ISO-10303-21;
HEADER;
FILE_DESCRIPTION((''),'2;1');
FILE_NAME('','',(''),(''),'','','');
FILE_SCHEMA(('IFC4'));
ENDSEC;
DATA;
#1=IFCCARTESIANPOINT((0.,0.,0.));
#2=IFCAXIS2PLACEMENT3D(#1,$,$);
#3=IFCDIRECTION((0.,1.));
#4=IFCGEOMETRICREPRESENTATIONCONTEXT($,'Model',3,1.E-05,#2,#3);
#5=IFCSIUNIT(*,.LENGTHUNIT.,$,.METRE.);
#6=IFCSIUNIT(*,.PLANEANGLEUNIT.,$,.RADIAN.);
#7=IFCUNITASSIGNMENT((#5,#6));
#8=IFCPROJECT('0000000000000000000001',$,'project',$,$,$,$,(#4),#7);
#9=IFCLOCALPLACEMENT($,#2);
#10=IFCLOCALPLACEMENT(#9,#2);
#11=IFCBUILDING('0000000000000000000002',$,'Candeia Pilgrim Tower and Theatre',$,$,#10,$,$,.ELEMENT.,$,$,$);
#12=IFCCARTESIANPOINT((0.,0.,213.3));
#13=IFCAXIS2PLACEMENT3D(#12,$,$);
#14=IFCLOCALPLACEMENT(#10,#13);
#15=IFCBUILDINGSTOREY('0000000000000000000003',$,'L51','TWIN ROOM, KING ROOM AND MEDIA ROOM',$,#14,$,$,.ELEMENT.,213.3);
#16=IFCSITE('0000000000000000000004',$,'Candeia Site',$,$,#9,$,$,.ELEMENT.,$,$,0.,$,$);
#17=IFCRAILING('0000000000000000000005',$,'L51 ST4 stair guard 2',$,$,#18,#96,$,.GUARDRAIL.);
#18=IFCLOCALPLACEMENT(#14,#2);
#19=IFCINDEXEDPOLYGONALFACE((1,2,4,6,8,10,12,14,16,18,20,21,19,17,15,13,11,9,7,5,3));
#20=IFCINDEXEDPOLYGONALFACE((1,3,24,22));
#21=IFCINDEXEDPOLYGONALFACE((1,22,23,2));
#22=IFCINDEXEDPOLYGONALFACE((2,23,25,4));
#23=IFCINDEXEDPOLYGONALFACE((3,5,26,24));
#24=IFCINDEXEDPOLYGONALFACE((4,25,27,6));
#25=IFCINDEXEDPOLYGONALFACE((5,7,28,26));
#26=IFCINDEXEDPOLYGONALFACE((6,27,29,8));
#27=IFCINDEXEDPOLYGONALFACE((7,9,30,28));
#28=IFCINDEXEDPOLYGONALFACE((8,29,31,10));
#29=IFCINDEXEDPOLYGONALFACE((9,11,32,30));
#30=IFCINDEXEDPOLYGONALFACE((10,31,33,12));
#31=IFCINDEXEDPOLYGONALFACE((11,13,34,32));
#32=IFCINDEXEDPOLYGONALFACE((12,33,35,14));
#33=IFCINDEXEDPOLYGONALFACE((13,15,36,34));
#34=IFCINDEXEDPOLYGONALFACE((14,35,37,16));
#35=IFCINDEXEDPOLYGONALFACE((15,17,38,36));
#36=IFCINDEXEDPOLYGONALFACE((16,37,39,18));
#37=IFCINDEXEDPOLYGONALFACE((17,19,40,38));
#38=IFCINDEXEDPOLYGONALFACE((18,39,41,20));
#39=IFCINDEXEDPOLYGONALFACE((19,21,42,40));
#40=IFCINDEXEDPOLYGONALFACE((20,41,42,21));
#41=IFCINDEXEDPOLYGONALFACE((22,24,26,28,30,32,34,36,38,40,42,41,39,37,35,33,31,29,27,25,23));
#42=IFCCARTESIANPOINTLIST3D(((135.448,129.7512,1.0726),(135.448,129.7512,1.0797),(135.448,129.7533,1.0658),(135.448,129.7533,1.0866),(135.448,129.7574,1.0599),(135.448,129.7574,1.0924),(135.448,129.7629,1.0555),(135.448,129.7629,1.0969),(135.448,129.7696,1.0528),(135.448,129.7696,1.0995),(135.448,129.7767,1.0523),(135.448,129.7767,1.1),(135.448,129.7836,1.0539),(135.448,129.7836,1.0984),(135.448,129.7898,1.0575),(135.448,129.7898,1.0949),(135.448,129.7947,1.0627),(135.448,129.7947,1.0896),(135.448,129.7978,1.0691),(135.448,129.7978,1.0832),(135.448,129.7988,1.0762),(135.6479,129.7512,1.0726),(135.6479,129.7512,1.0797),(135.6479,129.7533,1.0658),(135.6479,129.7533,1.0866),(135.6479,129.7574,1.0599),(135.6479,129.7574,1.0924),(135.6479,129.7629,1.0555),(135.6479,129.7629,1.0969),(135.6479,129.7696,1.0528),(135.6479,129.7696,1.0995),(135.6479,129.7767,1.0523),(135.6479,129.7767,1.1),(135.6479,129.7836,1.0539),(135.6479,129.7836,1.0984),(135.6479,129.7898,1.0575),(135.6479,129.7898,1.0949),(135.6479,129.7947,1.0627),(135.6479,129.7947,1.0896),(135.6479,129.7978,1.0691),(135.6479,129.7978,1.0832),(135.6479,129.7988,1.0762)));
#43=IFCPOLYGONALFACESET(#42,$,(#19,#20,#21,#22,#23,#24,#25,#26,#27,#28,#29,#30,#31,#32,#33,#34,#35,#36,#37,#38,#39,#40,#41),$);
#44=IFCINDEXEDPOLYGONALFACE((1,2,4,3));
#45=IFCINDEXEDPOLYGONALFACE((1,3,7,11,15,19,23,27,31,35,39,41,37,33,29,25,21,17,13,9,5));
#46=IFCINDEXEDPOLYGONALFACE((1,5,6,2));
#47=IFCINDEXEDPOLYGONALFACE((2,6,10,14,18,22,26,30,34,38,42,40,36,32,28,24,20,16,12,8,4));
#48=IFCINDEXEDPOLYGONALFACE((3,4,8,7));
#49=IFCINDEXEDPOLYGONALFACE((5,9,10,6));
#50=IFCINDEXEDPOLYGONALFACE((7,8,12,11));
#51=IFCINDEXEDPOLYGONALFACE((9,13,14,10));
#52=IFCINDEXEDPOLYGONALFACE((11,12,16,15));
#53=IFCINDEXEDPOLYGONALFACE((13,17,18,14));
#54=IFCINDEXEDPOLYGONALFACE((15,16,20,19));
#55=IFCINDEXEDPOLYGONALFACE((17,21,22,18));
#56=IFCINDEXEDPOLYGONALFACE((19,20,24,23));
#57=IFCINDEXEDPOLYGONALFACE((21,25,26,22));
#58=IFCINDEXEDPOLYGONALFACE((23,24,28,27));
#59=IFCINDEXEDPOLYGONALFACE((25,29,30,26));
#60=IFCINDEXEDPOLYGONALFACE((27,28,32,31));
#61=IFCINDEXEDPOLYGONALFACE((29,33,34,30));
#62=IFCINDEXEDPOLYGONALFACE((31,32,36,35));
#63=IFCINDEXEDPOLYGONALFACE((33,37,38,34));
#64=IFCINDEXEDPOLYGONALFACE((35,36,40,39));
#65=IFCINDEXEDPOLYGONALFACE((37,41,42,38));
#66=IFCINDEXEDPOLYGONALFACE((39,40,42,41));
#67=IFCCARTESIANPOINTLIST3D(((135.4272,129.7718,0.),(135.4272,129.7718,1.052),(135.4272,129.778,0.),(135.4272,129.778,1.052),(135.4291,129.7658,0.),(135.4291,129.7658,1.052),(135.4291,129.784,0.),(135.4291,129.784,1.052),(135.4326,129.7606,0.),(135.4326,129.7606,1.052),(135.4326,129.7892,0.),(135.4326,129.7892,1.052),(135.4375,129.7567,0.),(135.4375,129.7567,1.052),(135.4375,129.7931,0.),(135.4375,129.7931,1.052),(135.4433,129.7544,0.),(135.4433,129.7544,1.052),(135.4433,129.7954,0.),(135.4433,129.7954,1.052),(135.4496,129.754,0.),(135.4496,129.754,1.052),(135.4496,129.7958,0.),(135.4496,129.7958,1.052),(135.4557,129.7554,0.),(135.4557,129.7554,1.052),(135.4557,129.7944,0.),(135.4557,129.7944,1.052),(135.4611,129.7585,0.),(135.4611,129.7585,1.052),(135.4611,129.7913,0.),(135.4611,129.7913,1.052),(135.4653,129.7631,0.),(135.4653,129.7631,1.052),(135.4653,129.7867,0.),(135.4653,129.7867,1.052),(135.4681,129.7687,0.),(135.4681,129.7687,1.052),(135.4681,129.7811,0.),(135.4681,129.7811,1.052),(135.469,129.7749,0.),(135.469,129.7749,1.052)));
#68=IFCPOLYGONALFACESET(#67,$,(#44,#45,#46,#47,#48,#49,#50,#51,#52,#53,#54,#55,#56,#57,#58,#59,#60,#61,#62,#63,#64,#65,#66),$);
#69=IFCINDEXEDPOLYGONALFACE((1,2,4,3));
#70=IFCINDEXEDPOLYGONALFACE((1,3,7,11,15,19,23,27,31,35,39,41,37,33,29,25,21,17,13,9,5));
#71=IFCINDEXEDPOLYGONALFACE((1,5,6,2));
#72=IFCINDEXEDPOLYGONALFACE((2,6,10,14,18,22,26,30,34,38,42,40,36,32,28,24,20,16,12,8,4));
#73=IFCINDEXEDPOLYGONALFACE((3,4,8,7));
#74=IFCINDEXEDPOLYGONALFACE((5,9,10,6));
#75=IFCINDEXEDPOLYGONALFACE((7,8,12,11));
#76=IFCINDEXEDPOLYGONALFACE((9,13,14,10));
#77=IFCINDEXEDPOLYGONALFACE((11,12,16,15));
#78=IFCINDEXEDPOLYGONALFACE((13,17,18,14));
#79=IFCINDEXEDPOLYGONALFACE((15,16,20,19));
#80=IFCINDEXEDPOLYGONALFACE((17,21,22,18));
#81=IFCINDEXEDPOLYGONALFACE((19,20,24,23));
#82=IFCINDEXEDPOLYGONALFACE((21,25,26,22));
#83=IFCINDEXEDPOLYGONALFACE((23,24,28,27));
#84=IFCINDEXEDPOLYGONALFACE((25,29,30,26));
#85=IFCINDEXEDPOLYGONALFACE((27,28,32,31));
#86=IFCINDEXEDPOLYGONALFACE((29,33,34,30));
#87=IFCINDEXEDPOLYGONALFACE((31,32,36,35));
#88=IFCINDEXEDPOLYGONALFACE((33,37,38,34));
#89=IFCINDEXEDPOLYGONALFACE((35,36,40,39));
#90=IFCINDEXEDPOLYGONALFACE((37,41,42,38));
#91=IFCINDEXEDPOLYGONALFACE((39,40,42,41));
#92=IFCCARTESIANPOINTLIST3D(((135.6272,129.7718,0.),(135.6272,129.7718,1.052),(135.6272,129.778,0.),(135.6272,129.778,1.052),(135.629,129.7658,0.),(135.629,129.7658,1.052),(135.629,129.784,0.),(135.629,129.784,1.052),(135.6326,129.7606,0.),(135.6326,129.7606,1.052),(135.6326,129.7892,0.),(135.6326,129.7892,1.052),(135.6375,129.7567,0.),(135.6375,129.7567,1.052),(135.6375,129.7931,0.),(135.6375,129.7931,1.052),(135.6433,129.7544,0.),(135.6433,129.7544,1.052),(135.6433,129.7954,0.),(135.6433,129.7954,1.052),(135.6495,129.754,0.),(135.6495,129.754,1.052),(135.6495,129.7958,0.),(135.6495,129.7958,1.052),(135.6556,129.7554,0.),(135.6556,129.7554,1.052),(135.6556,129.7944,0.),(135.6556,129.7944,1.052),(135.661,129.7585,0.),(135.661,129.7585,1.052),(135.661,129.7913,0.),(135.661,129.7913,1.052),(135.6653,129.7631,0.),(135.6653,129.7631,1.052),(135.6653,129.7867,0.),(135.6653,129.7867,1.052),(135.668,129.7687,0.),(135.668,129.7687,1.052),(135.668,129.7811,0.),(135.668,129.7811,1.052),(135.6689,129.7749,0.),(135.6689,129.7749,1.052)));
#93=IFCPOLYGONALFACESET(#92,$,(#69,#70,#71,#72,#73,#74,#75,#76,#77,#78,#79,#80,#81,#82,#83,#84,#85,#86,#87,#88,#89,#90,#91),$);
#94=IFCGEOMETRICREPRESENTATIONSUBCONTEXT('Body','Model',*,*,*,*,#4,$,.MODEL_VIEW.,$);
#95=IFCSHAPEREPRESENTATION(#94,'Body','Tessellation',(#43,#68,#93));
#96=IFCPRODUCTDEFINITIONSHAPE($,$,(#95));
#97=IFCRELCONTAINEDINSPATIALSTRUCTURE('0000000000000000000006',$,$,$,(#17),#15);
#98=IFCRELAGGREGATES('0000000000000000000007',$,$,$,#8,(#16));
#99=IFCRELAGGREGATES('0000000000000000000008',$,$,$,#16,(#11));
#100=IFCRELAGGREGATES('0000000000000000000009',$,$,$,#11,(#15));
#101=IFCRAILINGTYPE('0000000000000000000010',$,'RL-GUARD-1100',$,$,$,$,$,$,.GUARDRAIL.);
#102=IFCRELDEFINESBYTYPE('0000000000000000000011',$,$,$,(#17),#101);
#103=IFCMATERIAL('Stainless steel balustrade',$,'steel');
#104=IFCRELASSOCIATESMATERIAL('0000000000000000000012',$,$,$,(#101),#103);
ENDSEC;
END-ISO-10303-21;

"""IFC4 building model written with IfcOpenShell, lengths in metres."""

from ifc_helpers import new_model, si_unit, direction, frame, origin, origin_2d, place, context, subcontext, project, spatial, circle, extrude, material, type_object, element, save


model = new_model("IFC4")

# Units and contexts
model_context = context("Model", 3, precision=1e-05, world=origin(), true_north=direction((0.0, 1.0)))
body_context = subcontext(model_context, "Body", "Model", "MODEL_VIEW")
ifc_project = project(units=[si_unit("LENGTHUNIT", "METRE"), si_unit("PLANEANGLEUNIT", "RADIAN")], contexts=[model_context])

# Site, building, storey
site_placement = place(None, origin())
site = spatial("IfcSite", under=ifc_project, at=site_placement, Name="Candeia Site", CompositionType="ELEMENT", RefElevation=0.0)
building_placement = place(site_placement, origin())
building = spatial("IfcBuilding", under=site, at=building_placement, Name="Candeia Pilgrim Tower and Theatre", CompositionType="ELEMENT")
storey_placement = place(building_placement, frame((0.0, 0.0, 213.3)))
storey = spatial("IfcBuildingStorey", under=building, at=storey_placement, Name="L51", Description="TWIN ROOM, KING ROOM AND MEDIA ROOM", CompositionType="ELEMENT", Elevation=213.3)

# Railing
ifc_material_1 = material(Name="Stainless steel balustrade", Category="steel")
railing_type_1 = type_object("IfcRailingType", Name="RL-GUARD-1100", PredefinedType="GUARDRAIL", material=ifc_material_1)
railing_1_placement = place(storey_placement, frame((135.448, 129.7749, 0.0)))
element("IfcRailing", 1, at=railing_1_placement, inside=storey, type_object=railing_type_1, Name="L51 ST4 stair guard 2", PredefinedType="GUARDRAIL", context=body_context, shape_type="SweptSolid", body=[
    extrude(circle(Radius=0.0239, at=origin_2d()), frame((0.0, 0.0, 1.0762), z_axis=(1.0, 0.0, 0.0), x_axis=(0.0, 1.0, 0.0)), (0.0, 0.0, 1.0), 0.2),
    extrude(circle(Radius=0.021, at=origin_2d()), origin(), (0.0, 0.0, 1.0), 1.052),
    extrude(circle(Radius=0.021, at=origin_2d()), frame((0.2, 0.0, 0.0)), (0.0, 0.0, 1.0), 1.052),
])

save(model, "model.ifc")
